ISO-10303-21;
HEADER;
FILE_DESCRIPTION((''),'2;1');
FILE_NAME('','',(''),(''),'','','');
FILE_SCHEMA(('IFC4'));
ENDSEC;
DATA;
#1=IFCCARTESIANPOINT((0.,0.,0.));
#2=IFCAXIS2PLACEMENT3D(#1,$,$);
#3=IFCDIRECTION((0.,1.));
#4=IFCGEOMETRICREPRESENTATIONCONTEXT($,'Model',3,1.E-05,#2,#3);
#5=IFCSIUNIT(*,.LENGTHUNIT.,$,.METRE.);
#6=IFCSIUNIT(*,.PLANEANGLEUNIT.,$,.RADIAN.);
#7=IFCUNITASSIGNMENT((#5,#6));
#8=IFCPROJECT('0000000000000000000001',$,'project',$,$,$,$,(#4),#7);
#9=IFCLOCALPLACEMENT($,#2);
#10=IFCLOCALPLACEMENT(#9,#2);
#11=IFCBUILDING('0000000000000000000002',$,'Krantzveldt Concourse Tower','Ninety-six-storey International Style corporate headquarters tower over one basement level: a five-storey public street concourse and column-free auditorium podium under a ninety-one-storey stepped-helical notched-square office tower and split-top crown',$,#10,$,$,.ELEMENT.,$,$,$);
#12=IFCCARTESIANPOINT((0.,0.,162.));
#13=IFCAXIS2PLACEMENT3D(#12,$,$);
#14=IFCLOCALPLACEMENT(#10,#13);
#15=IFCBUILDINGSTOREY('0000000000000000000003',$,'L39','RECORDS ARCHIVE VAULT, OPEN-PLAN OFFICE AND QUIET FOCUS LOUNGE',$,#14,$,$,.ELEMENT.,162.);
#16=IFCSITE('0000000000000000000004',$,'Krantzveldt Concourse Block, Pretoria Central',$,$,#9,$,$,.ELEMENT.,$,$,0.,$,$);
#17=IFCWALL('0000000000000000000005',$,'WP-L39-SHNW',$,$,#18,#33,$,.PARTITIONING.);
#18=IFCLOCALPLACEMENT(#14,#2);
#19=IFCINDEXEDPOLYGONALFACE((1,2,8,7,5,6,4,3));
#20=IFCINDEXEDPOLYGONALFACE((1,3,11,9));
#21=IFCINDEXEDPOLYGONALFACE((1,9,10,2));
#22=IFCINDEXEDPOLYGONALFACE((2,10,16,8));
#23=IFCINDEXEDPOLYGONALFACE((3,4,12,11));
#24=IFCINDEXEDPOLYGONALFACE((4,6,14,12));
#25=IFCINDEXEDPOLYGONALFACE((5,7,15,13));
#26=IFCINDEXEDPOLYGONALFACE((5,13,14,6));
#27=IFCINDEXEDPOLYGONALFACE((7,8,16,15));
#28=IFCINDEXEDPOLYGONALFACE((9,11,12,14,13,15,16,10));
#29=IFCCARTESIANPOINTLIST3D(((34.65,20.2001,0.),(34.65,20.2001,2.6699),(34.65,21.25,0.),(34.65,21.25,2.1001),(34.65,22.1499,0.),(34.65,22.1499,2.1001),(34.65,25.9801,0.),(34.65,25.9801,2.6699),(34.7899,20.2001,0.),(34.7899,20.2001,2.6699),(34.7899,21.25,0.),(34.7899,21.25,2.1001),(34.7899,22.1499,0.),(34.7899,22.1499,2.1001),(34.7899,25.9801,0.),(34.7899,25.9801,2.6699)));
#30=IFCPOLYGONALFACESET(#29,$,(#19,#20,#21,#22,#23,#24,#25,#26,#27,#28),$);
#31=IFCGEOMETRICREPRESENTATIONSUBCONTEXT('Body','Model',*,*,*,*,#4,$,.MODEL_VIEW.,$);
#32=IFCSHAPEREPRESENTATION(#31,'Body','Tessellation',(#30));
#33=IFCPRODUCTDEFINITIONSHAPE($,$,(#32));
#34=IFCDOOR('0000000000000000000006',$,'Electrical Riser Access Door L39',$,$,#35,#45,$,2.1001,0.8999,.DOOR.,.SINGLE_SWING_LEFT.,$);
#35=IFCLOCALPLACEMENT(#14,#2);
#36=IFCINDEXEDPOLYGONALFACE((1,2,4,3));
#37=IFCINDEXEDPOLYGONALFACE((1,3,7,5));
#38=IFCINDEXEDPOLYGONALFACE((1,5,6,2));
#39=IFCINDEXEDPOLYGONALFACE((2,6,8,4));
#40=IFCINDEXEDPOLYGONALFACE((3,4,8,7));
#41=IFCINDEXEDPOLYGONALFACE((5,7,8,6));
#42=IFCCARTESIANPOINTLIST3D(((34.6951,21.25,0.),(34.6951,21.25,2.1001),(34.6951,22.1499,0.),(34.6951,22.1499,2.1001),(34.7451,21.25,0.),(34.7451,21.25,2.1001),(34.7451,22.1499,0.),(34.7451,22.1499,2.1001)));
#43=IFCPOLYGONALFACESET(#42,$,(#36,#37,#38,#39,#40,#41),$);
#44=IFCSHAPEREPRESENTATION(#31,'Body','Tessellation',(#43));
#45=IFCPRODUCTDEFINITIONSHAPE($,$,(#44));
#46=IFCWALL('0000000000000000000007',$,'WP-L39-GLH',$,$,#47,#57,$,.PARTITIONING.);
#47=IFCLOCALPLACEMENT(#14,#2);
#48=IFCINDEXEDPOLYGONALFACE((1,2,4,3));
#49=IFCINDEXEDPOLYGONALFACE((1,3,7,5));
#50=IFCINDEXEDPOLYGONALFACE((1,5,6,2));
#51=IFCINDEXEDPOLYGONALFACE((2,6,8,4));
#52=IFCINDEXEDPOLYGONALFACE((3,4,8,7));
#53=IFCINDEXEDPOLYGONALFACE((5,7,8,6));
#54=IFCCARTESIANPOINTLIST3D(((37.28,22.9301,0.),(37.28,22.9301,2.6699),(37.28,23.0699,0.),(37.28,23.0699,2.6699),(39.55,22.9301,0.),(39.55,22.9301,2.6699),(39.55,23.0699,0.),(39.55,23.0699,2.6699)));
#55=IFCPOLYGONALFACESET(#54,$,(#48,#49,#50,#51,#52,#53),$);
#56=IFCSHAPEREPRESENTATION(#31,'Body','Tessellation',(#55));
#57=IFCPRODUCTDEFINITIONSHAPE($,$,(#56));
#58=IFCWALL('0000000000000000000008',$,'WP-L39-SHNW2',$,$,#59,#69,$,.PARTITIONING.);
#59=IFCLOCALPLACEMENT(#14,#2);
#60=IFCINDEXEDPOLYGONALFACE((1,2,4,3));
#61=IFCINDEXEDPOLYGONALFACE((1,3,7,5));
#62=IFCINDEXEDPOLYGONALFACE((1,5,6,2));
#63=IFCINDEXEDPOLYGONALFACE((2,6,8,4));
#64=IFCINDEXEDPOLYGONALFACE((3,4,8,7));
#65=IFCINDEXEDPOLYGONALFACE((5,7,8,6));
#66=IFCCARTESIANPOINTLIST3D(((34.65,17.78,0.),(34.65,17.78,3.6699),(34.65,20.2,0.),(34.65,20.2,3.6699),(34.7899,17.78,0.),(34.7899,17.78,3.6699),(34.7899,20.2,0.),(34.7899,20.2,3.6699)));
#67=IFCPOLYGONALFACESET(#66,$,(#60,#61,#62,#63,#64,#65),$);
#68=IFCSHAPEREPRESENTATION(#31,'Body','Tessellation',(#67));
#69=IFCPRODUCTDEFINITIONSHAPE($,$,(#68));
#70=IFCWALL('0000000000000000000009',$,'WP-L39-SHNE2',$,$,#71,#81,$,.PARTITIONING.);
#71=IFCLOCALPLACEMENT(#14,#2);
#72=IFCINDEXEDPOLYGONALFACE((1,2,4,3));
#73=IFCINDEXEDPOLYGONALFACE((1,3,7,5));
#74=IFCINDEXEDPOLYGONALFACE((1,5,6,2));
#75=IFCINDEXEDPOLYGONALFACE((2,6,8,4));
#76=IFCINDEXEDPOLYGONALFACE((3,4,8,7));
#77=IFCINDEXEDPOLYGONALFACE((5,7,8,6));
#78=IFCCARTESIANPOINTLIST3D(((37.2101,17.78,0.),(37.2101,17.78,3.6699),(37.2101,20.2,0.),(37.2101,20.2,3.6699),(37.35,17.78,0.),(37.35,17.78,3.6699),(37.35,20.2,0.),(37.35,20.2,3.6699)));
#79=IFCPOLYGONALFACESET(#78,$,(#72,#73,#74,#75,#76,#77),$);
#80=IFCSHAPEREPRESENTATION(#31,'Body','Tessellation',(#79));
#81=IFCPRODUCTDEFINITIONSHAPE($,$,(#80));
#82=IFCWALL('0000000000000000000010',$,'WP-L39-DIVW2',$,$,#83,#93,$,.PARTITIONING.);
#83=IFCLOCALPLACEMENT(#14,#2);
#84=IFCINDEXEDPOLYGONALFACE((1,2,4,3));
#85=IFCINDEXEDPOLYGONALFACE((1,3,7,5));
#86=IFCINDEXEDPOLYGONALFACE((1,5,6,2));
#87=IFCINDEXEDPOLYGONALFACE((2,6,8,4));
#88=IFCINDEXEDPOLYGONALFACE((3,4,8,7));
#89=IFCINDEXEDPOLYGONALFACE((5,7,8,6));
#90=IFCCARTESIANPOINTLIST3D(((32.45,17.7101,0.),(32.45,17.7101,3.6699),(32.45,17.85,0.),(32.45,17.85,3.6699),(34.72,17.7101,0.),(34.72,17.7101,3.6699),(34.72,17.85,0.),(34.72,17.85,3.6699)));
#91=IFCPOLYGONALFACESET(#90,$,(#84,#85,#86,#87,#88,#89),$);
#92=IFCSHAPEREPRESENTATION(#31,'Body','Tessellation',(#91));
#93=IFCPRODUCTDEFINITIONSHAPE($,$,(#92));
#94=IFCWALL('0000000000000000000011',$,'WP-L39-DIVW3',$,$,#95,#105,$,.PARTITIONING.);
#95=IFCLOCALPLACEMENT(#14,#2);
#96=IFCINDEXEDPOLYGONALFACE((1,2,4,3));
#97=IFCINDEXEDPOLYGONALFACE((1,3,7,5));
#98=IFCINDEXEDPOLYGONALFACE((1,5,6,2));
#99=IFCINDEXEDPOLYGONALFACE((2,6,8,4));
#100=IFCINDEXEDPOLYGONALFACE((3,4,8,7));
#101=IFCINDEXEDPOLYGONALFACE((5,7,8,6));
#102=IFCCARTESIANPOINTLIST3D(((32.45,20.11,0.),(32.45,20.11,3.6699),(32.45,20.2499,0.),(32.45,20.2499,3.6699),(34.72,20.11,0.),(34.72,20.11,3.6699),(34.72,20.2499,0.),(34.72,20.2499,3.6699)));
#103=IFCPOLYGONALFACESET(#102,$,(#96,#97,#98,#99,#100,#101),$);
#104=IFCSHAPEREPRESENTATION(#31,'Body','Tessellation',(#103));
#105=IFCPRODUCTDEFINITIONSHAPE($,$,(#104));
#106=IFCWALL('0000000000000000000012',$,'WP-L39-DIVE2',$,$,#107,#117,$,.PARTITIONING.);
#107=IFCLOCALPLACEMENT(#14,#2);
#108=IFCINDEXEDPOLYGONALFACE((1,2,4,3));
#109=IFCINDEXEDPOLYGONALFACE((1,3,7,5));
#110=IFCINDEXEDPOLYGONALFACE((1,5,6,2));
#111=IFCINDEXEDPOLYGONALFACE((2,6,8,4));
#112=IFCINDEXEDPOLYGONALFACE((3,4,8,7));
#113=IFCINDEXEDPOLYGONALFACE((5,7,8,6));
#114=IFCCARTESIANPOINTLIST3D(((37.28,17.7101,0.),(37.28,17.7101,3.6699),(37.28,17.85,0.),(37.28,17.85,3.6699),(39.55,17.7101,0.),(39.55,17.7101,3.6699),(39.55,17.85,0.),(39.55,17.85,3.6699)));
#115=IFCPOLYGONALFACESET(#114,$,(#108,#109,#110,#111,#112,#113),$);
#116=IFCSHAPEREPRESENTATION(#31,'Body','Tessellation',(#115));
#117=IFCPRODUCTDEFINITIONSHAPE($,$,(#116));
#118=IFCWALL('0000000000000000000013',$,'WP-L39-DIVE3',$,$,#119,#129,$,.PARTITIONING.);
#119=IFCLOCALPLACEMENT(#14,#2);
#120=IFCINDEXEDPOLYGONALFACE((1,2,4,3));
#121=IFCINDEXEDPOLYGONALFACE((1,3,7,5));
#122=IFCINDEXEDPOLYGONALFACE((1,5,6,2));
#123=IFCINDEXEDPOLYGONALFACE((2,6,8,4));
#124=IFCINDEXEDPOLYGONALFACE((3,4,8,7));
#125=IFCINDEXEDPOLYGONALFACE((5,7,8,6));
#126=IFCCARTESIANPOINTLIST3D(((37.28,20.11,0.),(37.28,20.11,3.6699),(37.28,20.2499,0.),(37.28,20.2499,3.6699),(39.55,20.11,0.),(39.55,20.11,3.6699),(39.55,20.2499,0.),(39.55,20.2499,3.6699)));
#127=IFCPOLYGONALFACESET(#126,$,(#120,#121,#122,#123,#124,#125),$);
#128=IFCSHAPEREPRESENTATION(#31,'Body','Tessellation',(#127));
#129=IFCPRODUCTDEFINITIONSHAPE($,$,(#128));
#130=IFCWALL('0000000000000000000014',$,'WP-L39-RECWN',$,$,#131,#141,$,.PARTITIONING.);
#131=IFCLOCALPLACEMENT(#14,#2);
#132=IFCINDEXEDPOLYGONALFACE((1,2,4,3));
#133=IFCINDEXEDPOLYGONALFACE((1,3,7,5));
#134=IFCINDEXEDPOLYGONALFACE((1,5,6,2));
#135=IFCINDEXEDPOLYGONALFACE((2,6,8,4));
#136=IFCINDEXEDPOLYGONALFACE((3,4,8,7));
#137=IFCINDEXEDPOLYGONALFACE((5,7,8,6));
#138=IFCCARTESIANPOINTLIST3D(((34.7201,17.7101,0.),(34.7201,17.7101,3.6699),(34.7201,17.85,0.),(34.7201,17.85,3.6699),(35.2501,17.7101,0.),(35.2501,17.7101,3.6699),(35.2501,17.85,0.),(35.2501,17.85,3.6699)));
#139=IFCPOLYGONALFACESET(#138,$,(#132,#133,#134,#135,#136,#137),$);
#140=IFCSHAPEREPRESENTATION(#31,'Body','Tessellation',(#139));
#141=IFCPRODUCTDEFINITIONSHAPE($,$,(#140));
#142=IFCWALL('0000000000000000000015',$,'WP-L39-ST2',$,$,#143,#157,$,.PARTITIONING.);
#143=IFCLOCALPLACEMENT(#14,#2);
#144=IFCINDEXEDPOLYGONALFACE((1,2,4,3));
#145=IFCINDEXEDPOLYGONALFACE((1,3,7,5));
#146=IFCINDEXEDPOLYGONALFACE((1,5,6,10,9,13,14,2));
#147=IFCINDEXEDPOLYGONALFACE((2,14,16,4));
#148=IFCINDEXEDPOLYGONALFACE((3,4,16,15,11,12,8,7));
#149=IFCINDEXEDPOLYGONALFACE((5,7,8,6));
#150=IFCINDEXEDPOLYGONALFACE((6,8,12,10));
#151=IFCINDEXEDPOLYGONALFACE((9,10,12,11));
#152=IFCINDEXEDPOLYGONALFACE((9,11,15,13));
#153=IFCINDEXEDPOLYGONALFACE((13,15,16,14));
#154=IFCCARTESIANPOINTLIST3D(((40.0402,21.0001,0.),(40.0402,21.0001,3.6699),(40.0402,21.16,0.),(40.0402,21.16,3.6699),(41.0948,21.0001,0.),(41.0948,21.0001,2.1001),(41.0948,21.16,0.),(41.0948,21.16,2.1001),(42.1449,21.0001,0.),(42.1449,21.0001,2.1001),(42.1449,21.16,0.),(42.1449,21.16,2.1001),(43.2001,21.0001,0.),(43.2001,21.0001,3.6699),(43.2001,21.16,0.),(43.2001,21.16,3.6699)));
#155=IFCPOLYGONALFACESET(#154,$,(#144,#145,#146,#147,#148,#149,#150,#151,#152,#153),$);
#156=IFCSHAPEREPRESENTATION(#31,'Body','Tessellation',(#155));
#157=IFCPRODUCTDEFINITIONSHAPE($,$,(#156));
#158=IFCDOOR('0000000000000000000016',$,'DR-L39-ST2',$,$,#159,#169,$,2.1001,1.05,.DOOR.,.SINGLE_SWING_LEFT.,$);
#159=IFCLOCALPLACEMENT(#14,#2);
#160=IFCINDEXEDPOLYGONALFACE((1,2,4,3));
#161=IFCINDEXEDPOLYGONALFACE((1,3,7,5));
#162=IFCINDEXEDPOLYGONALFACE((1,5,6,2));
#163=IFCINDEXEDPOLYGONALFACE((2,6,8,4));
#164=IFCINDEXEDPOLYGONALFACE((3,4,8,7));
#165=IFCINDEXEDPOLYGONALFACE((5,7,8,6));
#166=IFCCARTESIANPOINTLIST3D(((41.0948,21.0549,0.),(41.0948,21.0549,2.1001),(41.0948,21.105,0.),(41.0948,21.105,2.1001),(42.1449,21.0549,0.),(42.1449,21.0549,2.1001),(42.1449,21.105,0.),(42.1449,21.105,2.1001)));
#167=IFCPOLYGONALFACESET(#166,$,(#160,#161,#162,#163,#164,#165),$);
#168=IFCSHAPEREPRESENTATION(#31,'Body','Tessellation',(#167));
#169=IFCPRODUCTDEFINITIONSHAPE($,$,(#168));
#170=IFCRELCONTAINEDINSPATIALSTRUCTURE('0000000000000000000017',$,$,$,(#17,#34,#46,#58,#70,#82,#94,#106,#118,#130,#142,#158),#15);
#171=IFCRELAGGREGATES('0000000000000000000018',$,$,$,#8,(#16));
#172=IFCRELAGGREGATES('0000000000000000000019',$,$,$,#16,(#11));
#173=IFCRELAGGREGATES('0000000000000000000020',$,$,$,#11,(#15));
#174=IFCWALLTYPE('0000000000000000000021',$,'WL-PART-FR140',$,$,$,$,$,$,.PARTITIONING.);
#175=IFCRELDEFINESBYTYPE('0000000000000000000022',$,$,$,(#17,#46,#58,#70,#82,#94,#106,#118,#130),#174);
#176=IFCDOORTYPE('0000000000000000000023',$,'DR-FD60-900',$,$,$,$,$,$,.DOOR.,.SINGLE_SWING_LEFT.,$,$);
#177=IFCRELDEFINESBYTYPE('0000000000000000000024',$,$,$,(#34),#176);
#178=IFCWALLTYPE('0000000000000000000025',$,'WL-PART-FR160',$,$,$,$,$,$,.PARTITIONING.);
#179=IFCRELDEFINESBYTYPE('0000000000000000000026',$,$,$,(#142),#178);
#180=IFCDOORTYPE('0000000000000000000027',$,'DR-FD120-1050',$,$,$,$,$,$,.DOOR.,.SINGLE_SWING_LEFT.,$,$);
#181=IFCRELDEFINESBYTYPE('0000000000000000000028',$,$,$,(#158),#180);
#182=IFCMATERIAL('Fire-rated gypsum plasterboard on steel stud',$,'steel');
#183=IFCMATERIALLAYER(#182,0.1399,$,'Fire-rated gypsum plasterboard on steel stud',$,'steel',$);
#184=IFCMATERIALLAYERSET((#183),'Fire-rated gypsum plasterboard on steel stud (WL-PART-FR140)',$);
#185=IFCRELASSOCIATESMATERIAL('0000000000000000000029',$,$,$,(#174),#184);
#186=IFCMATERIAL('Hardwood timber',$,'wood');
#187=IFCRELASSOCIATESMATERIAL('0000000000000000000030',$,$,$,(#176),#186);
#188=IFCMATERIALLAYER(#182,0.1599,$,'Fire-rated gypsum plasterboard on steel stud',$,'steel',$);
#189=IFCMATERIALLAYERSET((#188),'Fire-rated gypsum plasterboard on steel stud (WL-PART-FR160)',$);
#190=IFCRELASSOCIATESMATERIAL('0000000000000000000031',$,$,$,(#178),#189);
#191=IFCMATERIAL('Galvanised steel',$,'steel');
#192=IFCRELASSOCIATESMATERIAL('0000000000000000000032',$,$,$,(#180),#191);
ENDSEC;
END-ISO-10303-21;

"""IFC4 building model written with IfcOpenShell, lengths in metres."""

from ifc_helpers import new_model, si_unit, direction, frame, frame_2d, origin, place, context, subcontext, project, spatial, rectangle, extrude, material, layer, layer_set, type_object, element, fill, save


model = new_model("IFC4")

# Units and contexts
model_context = context("Model", 3, precision=1e-05, world=origin(), true_north=direction((0.0, 1.0)))
body_context = subcontext(model_context, "Body", "Model", "MODEL_VIEW")
ifc_project = project(units=[si_unit("LENGTHUNIT", "METRE"), si_unit("PLANEANGLEUNIT", "RADIAN")], contexts=[model_context])

# Site, building, storey
site_placement = place(None, origin())
site = spatial("IfcSite", under=ifc_project, at=site_placement, Name="Krantzveldt Concourse Block, Pretoria Central", CompositionType="ELEMENT", RefElevation=0.0)
building_placement = place(site_placement, origin())
building = spatial("IfcBuilding", under=site, at=building_placement, Name="Krantzveldt Concourse Tower", Description="Ninety-six-storey International Style corporate headquarters tower over one basement level: a five-storey public street concourse and column-free auditorium podium under a ninety-one-storey stepped-helical notched-square office tower and split-top crown", CompositionType="ELEMENT")
storey_placement = place(building_placement, frame((0.0, 0.0, 162.0)))
storey = spatial("IfcBuildingStorey", under=building, at=storey_placement, Name="L39", Description="RECORDS ARCHIVE VAULT, OPEN-PLAN OFFICE AND QUIET FOCUS LOUNGE", CompositionType="ELEMENT", Elevation=162.0)

# Wall, opening, door
ifc_material_1 = material(Name="Fire-rated gypsum plasterboard on steel stud", Category="steel")
ifc_layer_1 = layer(ifc_material_1, 0.1399, Name="Fire-rated gypsum plasterboard on steel stud", Category="steel")
ifc_layer_set_1 = layer_set([ifc_layer_1], Name="Fire-rated gypsum plasterboard on steel stud (WL-PART-FR140)")
wall_type_1 = type_object("IfcWallType", Name="WL-PART-FR140", PredefinedType="PARTITIONING", material=ifc_layer_set_1)
wall_1_placement = place(storey_placement, frame((34.72, 20.2, 0.0), z_axis=(0.0, 0.0, 1.0), x_axis=(0.0, 1.0, 0.0)))
wall_1 = element("IfcWall", 1, at=wall_1_placement, inside=storey, type_object=wall_type_1, Name="WP-L39-SHNW", PredefinedType="PARTITIONING", context=body_context, shape_type="SweptSolid", body=[
    extrude(rectangle(XDim=5.78, YDim=0.1399, at=frame_2d((2.8901, 0.0))), origin(), (0.0, 0.0, 1.0), 2.6699),
])
opening_1_placement = place(wall_1_placement, frame((1.05, 0.0, 0.0)))
opening_1 = element("IfcOpeningElement", 2, at=opening_1_placement, cuts=wall_1, PredefinedType="OPENING", context=body_context, shape_type="SweptSolid", body=[
    extrude(rectangle(XDim=0.8999, YDim=2.1001, at=frame_2d((0.45, 1.05))), frame((0.0, 0.0801, 0.0), z_axis=(0.0, -1.0, 0.0), x_axis=(1.0, 0.0, 0.0)), (0.0, 0.0, 1.0), 0.1599),
])
ifc_material_2 = material(Name="Hardwood timber", Category="wood")
door_type_1 = type_object("IfcDoorType", Name="DR-FD60-900", OperationType="SINGLE_SWING_LEFT", PredefinedType="DOOR", material=ifc_material_2)
door_1_placement = place(opening_1_placement, origin())
door_1 = element("IfcDoor", 3, at=door_1_placement, inside=storey, type_object=door_type_1, Name="Electrical Riser Access Door L39", OperationType="SINGLE_SWING_LEFT", OverallHeight=2.1001, OverallWidth=0.8999, PredefinedType="DOOR", context=body_context, shape_type="SweptSolid", body=[
    extrude(rectangle(XDim=0.8999, YDim=2.1001, at=frame_2d((0.45, 1.05))), frame((0.0, 0.0249, 0.0), z_axis=(0.0, -1.0, 0.0), x_axis=(1.0, 0.0, 0.0)), (0.0, 0.0, 1.0), 0.05),
])
fill(opening_1, door_1)

# Walls
wall_2_placement = place(storey_placement, frame((37.28, 23.0, 0.0), z_axis=(0.0, 0.0, 1.0), x_axis=(1.0, 0.0, 0.0)))
element("IfcWall", 4, at=wall_2_placement, inside=storey, type_object=wall_type_1, Name="WP-L39-GLH", PredefinedType="PARTITIONING", context=body_context, shape_type="SweptSolid", body=[
    extrude(rectangle(XDim=2.27, YDim=0.1399, at=frame_2d((1.135, 0.0))), origin(), (0.0, 0.0, 1.0), 2.6699),
])
for number, where, z_axis, x_axis, name in (
    (5, (34.72, 17.78, 0.0), (0.0, 0.0, 1.0), (0.0, 1.0, 0.0), "WP-L39-SHNW2"),
    (6, (37.28, 17.78, 0.0), (0.0, 0.0, 1.0), (0.0, 1.0, 0.0), "WP-L39-SHNE2"),
):
    element("IfcWall", number, at=place(storey_placement, frame(where, z_axis=z_axis, x_axis=x_axis)), inside=storey, type_object=wall_type_1, Name=name, PredefinedType="PARTITIONING", context=body_context, shape_type="SweptSolid", body=[
        extrude(rectangle(XDim=2.4199, YDim=0.1399, at=frame_2d((1.21, 0.0))), origin(), (0.0, 0.0, 1.0), 3.6699),
    ])
for number, where, z_axis, x_axis, name in (
    (7, (32.45, 17.78, 0.0), (0.0, 0.0, 1.0), (1.0, 0.0, 0.0), "WP-L39-DIVW2"),
    (8, (32.45, 20.1799, 0.0), (0.0, 0.0, 1.0), (1.0, 0.0, 0.0), "WP-L39-DIVW3"),
    (9, (37.28, 17.78, 0.0), (0.0, 0.0, 1.0), (1.0, 0.0, 0.0), "WP-L39-DIVE2"),
    (10, (37.28, 20.1799, 0.0), (0.0, 0.0, 1.0), (1.0, 0.0, 0.0), "WP-L39-DIVE3"),
):
    element("IfcWall", number, at=place(storey_placement, frame(where, z_axis=z_axis, x_axis=x_axis)), inside=storey, type_object=wall_type_1, Name=name, PredefinedType="PARTITIONING", context=body_context, shape_type="SweptSolid", body=[
        extrude(rectangle(XDim=2.27, YDim=0.1399, at=frame_2d((1.135, 0.0))), origin(), (0.0, 0.0, 1.0), 3.6699),
    ])
wall_3_placement = place(storey_placement, frame((34.72, 17.78, 0.0), z_axis=(0.0, 0.0, 1.0), x_axis=(1.0, 0.0, 0.0)))
element("IfcWall", 11, at=wall_3_placement, inside=storey, type_object=wall_type_1, Name="WP-L39-RECWN", PredefinedType="PARTITIONING", context=body_context, shape_type="SweptSolid", body=[
    extrude(rectangle(XDim=0.53, YDim=0.1399, at=frame_2d((0.2651, 0.0))), origin(), (0.0, 0.0, 1.0), 3.6699),
])

# Wall, opening, door
ifc_layer_2 = layer(ifc_material_1, 0.1599, Name="Fire-rated gypsum plasterboard on steel stud", Category="steel")
ifc_layer_set_2 = layer_set([ifc_layer_2], Name="Fire-rated gypsum plasterboard on steel stud (WL-PART-FR160)")
wall_type_2 = type_object("IfcWallType", Name="WL-PART-FR160", PredefinedType="PARTITIONING", material=ifc_layer_set_2)
wall_4_placement = place(storey_placement, frame((40.04, 21.0801, 0.0), z_axis=(0.0, 0.0, 1.0), x_axis=(1.0, 0.0, 0.0)))
wall_4 = element("IfcWall", 12, at=wall_4_placement, inside=storey, type_object=wall_type_2, Name="WP-L39-ST2", PredefinedType="PARTITIONING", context=body_context, shape_type="SweptSolid", body=[
    extrude(rectangle(XDim=3.1599, YDim=0.1599, at=frame_2d((1.5801, 0.0))), origin(), (0.0, 0.0, 1.0), 3.6699),
])
opening_2_placement = place(wall_4_placement, frame((1.0549, 0.0, 0.0)))
opening_2 = element("IfcOpeningElement", 13, at=opening_2_placement, cuts=wall_4, PredefinedType="OPENING", context=body_context, shape_type="SweptSolid", body=[
    extrude(rectangle(XDim=1.05, YDim=2.1001, at=frame_2d((0.5249, 1.05))), frame((0.0, 0.0898, 0.0), z_axis=(0.0, -1.0, 0.0), x_axis=(1.0, 0.0, 0.0)), (0.0, 0.0, 1.0), 0.1799),
])
ifc_material_3 = material(Name="Galvanised steel", Category="steel")
door_type_2 = type_object("IfcDoorType", Name="DR-FD120-1050", OperationType="SINGLE_SWING_LEFT", PredefinedType="DOOR", material=ifc_material_3)
door_2_placement = place(opening_2_placement, origin())
door_2 = element("IfcDoor", 14, at=door_2_placement, inside=storey, type_object=door_type_2, Name="DR-L39-ST2", OperationType="SINGLE_SWING_LEFT", OverallHeight=2.1001, OverallWidth=1.05, PredefinedType="DOOR", context=body_context, shape_type="SweptSolid", body=[
    extrude(rectangle(XDim=1.05, YDim=2.1001, at=frame_2d((0.5249, 1.05))), frame((0.0, 0.0249, 0.0), z_axis=(0.0, -1.0, 0.0), x_axis=(1.0, 0.0, 0.0)), (0.0, 0.0, 1.0), 0.05),
])
fill(opening_2, door_2)

save(model, "model.ifc")
